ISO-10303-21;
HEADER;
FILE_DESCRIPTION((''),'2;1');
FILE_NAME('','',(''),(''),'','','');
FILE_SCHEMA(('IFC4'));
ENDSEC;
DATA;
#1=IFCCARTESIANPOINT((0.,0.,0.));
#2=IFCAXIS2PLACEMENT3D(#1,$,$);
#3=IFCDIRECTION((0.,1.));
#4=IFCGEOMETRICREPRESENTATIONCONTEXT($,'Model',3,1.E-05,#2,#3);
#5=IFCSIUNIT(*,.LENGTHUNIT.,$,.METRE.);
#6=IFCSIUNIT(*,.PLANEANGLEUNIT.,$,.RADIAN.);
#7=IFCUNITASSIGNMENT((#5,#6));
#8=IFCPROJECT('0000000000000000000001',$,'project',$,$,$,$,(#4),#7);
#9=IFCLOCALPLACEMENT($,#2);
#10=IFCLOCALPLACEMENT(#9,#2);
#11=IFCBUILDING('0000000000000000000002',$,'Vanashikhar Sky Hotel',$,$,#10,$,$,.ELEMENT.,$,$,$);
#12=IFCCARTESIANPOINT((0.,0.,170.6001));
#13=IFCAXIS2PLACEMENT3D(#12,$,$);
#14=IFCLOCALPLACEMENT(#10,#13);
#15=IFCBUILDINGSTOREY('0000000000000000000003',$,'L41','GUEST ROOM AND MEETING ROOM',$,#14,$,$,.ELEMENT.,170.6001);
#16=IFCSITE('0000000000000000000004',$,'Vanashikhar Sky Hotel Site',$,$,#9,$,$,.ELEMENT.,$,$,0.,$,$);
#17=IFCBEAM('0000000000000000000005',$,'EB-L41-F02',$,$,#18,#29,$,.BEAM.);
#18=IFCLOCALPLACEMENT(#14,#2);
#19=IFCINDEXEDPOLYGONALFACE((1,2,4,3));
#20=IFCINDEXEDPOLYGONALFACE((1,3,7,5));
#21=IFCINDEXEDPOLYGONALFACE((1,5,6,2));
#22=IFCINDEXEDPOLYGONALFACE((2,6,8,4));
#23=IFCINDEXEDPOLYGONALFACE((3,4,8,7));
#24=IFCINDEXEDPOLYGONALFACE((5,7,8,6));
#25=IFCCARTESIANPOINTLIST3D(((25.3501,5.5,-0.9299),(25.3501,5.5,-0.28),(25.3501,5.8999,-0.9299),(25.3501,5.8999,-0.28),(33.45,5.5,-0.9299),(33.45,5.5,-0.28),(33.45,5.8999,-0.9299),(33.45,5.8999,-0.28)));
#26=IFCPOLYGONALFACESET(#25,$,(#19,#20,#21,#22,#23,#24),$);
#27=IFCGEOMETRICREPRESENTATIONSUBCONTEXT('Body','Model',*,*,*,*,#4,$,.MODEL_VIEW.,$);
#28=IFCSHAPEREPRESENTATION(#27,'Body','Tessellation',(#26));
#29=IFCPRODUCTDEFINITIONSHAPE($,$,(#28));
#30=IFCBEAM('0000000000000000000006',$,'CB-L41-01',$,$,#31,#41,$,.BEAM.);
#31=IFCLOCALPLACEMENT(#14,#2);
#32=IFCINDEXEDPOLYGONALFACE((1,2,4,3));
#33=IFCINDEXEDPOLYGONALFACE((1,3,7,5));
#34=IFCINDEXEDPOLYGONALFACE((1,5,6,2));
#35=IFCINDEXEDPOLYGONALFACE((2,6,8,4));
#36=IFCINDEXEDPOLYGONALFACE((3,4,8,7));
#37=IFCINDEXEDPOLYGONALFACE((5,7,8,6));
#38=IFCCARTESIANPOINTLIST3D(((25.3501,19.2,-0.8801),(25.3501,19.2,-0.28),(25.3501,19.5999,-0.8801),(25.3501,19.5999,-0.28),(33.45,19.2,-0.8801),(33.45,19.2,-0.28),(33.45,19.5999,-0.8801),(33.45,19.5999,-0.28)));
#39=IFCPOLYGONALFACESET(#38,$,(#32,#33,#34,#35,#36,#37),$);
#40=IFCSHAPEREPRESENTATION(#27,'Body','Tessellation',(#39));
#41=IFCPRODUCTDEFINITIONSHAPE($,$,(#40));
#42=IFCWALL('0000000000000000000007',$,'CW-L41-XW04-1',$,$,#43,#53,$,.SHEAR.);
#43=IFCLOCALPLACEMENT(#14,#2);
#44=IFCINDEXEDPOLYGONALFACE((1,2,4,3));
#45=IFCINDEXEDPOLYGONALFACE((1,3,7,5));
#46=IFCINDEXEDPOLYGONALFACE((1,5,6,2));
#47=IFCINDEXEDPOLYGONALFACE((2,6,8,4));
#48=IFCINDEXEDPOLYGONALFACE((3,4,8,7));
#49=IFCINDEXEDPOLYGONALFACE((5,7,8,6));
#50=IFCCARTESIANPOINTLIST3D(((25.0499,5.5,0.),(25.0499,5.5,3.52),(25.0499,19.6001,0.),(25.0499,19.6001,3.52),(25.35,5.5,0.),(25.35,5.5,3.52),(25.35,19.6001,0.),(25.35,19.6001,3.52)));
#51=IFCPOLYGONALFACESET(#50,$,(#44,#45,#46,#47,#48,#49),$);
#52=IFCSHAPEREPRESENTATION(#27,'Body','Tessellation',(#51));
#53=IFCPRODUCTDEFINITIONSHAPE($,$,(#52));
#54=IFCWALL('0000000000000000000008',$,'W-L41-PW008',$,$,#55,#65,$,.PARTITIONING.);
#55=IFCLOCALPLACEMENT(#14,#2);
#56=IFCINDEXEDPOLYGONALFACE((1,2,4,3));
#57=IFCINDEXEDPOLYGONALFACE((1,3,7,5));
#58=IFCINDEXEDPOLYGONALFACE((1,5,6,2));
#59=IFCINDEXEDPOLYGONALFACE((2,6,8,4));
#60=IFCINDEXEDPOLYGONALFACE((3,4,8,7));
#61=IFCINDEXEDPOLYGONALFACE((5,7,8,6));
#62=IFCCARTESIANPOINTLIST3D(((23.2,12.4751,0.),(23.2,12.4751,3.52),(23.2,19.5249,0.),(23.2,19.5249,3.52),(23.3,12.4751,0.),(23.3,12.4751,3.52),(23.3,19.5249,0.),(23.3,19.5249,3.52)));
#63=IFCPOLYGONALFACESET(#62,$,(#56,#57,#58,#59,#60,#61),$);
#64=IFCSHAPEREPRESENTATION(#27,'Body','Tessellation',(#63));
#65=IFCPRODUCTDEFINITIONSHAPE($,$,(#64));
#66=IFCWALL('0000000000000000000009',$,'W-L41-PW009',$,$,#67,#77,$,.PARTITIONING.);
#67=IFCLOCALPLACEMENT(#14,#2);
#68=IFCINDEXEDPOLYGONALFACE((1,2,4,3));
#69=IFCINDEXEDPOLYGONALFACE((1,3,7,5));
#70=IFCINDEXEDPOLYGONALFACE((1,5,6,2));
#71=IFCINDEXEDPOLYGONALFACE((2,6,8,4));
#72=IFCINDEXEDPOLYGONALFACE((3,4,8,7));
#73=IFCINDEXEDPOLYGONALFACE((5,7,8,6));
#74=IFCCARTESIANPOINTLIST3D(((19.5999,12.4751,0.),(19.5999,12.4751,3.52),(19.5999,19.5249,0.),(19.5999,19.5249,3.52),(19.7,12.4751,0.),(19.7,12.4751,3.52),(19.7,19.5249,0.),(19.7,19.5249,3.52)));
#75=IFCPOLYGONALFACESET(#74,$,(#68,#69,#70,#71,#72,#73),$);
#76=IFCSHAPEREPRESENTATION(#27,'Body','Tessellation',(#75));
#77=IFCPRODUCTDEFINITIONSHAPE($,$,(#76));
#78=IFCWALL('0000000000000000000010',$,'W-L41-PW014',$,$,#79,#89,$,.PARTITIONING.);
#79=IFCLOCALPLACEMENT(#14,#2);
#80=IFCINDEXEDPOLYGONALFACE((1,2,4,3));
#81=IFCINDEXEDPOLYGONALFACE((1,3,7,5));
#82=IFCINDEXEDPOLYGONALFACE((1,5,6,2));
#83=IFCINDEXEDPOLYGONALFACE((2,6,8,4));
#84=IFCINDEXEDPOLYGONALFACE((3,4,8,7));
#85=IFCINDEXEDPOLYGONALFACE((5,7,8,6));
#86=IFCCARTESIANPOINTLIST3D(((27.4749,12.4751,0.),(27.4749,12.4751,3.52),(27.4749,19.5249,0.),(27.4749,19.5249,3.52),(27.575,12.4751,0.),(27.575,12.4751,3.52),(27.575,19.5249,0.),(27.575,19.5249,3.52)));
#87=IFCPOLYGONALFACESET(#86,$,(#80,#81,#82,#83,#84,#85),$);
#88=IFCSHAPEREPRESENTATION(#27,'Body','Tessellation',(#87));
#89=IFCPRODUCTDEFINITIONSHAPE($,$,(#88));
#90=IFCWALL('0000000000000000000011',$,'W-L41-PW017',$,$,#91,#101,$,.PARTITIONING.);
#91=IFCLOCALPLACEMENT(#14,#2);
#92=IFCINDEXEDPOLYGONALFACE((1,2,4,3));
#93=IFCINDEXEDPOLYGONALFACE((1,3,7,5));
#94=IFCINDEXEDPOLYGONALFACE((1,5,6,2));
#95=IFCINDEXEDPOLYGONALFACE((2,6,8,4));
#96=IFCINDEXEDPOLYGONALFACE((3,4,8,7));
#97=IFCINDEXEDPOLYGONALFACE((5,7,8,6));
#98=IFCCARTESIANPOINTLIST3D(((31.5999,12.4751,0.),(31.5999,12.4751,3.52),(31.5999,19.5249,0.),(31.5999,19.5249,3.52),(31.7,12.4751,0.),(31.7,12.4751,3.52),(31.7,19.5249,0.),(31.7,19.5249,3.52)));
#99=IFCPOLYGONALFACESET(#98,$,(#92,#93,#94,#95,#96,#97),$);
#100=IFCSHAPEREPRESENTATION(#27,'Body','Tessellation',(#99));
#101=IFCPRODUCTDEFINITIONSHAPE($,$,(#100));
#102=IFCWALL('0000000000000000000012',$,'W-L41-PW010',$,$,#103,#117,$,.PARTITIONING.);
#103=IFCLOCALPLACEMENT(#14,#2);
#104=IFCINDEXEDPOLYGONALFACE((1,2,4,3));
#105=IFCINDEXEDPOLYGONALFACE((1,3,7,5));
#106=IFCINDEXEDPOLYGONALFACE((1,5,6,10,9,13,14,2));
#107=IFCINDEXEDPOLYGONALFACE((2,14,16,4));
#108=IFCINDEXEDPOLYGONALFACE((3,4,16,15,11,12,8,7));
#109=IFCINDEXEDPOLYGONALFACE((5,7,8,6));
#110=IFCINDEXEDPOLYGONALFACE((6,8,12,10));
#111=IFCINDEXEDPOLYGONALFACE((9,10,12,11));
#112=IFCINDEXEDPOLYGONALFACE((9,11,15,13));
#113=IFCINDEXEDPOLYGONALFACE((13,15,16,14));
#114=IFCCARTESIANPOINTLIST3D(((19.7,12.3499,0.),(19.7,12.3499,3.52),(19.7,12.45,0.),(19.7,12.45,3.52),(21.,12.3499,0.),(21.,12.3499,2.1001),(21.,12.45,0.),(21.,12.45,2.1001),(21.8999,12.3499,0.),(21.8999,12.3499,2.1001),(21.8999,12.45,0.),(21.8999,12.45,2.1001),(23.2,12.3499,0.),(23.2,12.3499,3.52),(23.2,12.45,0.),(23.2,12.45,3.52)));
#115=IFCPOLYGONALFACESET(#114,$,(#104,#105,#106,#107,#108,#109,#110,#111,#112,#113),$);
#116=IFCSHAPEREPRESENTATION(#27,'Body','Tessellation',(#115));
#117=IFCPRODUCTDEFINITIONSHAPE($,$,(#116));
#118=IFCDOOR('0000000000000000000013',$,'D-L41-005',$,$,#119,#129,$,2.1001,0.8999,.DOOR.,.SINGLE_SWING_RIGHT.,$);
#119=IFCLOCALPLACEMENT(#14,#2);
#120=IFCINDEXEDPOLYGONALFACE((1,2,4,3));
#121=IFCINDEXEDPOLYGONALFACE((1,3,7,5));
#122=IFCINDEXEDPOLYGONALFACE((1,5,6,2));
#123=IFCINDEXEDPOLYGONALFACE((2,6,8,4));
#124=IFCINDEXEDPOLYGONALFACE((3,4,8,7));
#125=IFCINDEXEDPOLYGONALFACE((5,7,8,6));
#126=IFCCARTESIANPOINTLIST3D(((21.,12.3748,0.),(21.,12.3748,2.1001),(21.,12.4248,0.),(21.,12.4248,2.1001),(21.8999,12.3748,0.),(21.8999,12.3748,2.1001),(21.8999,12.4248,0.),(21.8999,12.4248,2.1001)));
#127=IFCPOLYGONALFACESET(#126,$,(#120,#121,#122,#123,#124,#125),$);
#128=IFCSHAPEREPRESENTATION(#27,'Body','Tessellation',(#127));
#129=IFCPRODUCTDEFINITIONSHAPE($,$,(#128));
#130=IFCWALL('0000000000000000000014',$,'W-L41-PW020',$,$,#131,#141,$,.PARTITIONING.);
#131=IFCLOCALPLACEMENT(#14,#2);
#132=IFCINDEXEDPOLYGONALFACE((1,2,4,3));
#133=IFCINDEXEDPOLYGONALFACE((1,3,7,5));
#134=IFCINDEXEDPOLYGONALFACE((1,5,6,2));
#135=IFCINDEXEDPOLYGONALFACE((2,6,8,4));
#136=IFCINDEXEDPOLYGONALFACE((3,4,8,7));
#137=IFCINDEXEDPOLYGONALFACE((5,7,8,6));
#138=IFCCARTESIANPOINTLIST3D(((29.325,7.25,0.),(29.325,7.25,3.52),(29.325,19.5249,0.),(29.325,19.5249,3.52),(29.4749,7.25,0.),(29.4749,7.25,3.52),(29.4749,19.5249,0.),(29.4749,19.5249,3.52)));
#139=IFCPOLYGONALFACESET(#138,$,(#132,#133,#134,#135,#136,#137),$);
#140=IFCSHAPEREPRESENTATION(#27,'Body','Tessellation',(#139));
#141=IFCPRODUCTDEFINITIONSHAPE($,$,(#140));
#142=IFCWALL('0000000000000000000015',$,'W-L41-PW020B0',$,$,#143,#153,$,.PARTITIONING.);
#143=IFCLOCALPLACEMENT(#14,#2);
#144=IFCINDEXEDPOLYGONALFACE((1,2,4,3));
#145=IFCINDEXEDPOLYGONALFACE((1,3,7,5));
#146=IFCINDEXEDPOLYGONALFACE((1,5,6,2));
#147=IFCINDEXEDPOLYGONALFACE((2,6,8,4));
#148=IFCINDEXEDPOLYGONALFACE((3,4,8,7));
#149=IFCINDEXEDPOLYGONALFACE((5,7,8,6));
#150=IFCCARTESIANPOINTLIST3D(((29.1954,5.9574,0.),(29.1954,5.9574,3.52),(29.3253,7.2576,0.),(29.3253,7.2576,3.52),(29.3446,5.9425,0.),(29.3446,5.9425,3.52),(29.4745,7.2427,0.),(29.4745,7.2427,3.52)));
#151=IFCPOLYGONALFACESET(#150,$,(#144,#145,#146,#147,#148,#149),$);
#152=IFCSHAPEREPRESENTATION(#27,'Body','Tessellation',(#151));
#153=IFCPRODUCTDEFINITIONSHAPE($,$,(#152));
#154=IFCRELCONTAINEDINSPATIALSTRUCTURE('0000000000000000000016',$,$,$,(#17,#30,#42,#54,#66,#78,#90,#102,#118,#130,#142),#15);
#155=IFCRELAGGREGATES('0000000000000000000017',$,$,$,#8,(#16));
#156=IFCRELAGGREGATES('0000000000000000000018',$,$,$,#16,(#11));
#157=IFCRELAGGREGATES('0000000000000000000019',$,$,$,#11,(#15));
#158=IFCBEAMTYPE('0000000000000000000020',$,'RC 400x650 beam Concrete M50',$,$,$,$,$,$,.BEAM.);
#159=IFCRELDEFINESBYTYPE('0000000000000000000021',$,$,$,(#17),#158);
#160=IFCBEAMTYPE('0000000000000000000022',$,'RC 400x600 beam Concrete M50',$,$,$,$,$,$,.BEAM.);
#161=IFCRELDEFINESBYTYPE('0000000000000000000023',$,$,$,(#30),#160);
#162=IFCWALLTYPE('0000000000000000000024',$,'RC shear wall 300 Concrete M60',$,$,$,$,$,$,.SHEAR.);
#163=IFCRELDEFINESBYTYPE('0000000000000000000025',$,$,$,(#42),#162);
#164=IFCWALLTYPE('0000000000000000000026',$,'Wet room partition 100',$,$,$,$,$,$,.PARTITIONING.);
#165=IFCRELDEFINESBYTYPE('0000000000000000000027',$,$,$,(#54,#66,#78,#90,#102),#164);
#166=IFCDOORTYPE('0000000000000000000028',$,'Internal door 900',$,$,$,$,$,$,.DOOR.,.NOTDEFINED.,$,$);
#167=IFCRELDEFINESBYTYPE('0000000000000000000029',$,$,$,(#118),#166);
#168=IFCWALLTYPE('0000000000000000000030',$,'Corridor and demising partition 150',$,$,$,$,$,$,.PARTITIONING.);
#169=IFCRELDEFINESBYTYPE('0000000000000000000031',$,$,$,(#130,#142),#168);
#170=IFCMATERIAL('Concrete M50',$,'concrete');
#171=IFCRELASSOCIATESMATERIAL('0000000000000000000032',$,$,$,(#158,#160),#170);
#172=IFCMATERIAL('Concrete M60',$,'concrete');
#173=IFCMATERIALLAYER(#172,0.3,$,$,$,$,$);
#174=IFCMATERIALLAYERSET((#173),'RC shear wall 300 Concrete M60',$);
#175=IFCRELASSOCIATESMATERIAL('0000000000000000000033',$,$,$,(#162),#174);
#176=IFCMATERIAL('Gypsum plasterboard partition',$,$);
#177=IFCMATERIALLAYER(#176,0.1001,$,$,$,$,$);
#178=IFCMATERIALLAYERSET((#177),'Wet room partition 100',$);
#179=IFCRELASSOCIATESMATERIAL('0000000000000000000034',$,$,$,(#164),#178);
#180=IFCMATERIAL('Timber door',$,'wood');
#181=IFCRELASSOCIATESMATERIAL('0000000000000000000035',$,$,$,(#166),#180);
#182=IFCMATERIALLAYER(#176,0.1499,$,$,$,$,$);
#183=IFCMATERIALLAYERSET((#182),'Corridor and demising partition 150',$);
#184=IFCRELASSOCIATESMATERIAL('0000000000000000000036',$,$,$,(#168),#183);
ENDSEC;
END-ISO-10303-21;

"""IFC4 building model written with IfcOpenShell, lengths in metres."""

from ifc_helpers import new_model, si_unit, direction, frame, frame_2d, origin, origin_2d, place, context, subcontext, project, spatial, rectangle, extrude, source, transform, mapped, material, layer, layer_set, material_profile, profile_set, type_object, element, fill, save


model = new_model("IFC4")

# Units and contexts
model_context = context("Model", 3, precision=1e-05, world=origin(), true_north=direction((0.0, 1.0)))
body_context = subcontext(model_context, "Body", "Model", "MODEL_VIEW")
ifc_project = project(units=[si_unit("LENGTHUNIT", "METRE"), si_unit("PLANEANGLEUNIT", "RADIAN")], contexts=[model_context])

# Site, building, storey
site_placement = place(None, origin())
site = spatial("IfcSite", under=ifc_project, at=site_placement, Name="Vanashikhar Sky Hotel Site", CompositionType="ELEMENT", RefElevation=0.0)
building_placement = place(site_placement, origin())
building = spatial("IfcBuilding", under=site, at=building_placement, Name="Vanashikhar Sky Hotel", CompositionType="ELEMENT")
storey_placement = place(building_placement, frame((0.0, 0.0, 170.6001)))
storey = spatial("IfcBuildingStorey", under=building, at=storey_placement, Name="L41", Description="GUEST ROOM AND MEETING ROOM", CompositionType="ELEMENT", Elevation=170.6001)

# Beams
ifc_material_1 = material(Name="Concrete M50", Category="concrete")
ifc_material_profile_1 = material_profile(ifc_material_1, rectangle(XDim=0.3999, YDim=0.6499, at=origin_2d()))
ifc_profile_set_1 = profile_set([ifc_material_profile_1], Name="RC 400x650 beam Concrete M50")
beam_type_1 = type_object("IfcBeamType", Name="RC 400x650 beam Concrete M50", PredefinedType="BEAM", material=ifc_profile_set_1)
shared_shape_1 = source(origin(), body_context, "Body", "SweptSolid", [
    extrude(rectangle(XDim=0.3999, YDim=0.6499, at=origin_2d()), origin(), (0.0, 0.0, 1.0), 8.0999),
])
beam_1_placement = place(storey_placement, frame((25.3501, 5.7, -0.605), z_axis=(1.0, 0.0, 0.0), x_axis=(0.0, 1.0, 0.0)))
element("IfcBeam", 1, at=beam_1_placement, inside=storey, type_object=beam_type_1, Name="EB-L41-F02", PredefinedType="BEAM", context=body_context, shape_type="MappedRepresentation", body=[
    mapped(shared_shape_1, transform((0.0, 0.0, 0.0), scale=1.0)),
])
ifc_material_profile_2 = material_profile(ifc_material_1, rectangle(XDim=0.3999, YDim=0.6001, at=origin_2d()))
ifc_profile_set_2 = profile_set([ifc_material_profile_2], Name="RC 400x600 beam Concrete M50")
beam_type_2 = type_object("IfcBeamType", Name="RC 400x600 beam Concrete M50", PredefinedType="BEAM", material=ifc_profile_set_2)
shared_shape_2 = source(origin(), body_context, "Body", "SweptSolid", [
    extrude(rectangle(XDim=0.3999, YDim=0.6001, at=origin_2d()), origin(), (0.0, 0.0, 1.0), 8.0999),
])
beam_2_placement = place(storey_placement, frame((25.3501, 19.3999, -0.5801), z_axis=(1.0, 0.0, 0.0), x_axis=(0.0, 1.0, 0.0)))
element("IfcBeam", 2, at=beam_2_placement, inside=storey, type_object=beam_type_2, Name="CB-L41-01", PredefinedType="BEAM", context=body_context, shape_type="MappedRepresentation", body=[
    mapped(shared_shape_2, transform((0.0, 0.0, 0.0), scale=1.0)),
])

# Wall
ifc_material_2 = material(Name="Concrete M60", Category="concrete")
ifc_layer_1 = layer(ifc_material_2, 0.3)
ifc_layer_set_1 = layer_set([ifc_layer_1], Name="RC shear wall 300 Concrete M60")
wall_type_1 = type_object("IfcWallType", Name="RC shear wall 300 Concrete M60", PredefinedType="SHEAR", material=ifc_layer_set_1)
shared_shape_3 = source(origin(), body_context, "Body", "SweptSolid", [
    extrude(rectangle(XDim=14.1001, YDim=0.3, at=frame_2d((7.05, 0.0))), origin(), (0.0, 0.0, 1.0), 3.52),
])
wall_1_placement = place(storey_placement, frame((25.2, 5.5, 0.0), z_axis=(0.0, 0.0, 1.0), x_axis=(0.0, 1.0, 0.0)))
element("IfcWall", 3, at=wall_1_placement, inside=storey, type_object=wall_type_1, Name="CW-L41-XW04-1", PredefinedType="SHEAR", context=body_context, shape_type="MappedRepresentation", body=[
    mapped(shared_shape_3, transform((0.0, 0.0, 0.0), scale=1.0)),
])

# Walls
ifc_material_3 = material(Name="Gypsum plasterboard partition")
ifc_layer_2 = layer(ifc_material_3, 0.1001)
ifc_layer_set_2 = layer_set([ifc_layer_2], Name="Wet room partition 100")
wall_type_2 = type_object("IfcWallType", Name="Wet room partition 100", PredefinedType="PARTITIONING", material=ifc_layer_set_2)
shared_shape_4 = source(origin(), body_context, "Body", "SweptSolid", [
    extrude(rectangle(XDim=7.0498, YDim=0.1001, at=frame_2d((3.5249, 0.0))), origin(), (0.0, 0.0, 1.0), 3.52),
])
for number, where, z_axis, x_axis, name in (
    (4, (23.25, 12.4751, 0.0), (0.0, 0.0, 1.0), (0.0, 1.0, 0.0), "W-L41-PW008"),
    (5, (19.6499, 12.4751, 0.0), (0.0, 0.0, 1.0), (0.0, 1.0, 0.0), "W-L41-PW009"),
    (6, (27.5249, 12.4751, 0.0), (0.0, 0.0, 1.0), (0.0, 1.0, 0.0), "W-L41-PW014"),
    (7, (31.6499, 12.4751, 0.0), (0.0, 0.0, 1.0), (0.0, 1.0, 0.0), "W-L41-PW017"),
):
    element("IfcWall", number, at=place(storey_placement, frame(where, z_axis=z_axis, x_axis=x_axis)), inside=storey, type_object=wall_type_2, Name=name, PredefinedType="PARTITIONING", context=body_context, shape_type="MappedRepresentation", body=[
        mapped(shared_shape_4, transform((0.0, 0.0, 0.0), scale=1.0)),
    ])

# Wall, opening, door
shared_shape_5 = source(origin(), body_context, "Body", "SweptSolid", [
    extrude(rectangle(XDim=3.5, YDim=0.1001, at=frame_2d((1.75, 0.0))), origin(), (0.0, 0.0, 1.0), 3.52),
])
wall_2_placement = place(storey_placement, frame((19.7, 12.3999, 0.0), z_axis=(0.0, 0.0, 1.0), x_axis=(1.0, 0.0, 0.0)))
wall_2 = element("IfcWall", 8, at=wall_2_placement, inside=storey, type_object=wall_type_2, Name="W-L41-PW010", PredefinedType="PARTITIONING", context=body_context, shape_type="MappedRepresentation", body=[
    mapped(shared_shape_5, transform((0.0, 0.0, 0.0), scale=1.0)),
])
shared_shape_6 = source(origin(), body_context, "Body", "SweptSolid", [
    extrude(rectangle(XDim=0.8999, YDim=2.1001, at=frame_2d((0.45, 1.05))), frame((0.0, 0.0601, 0.0), z_axis=(0.0, -1.0, 0.0), x_axis=(1.0, 0.0, 0.0)), (0.0, 0.0, 1.0), 0.1201),
])
opening_1_placement = place(wall_2_placement, frame((1.3, 0.0, 0.0)))
opening_1 = element("IfcOpeningElement", 9, at=opening_1_placement, cuts=wall_2, PredefinedType="OPENING", context=body_context, shape_type="MappedRepresentation", body=[
    mapped(shared_shape_6, transform((0.0, 0.0, 0.0), scale=1.0)),
])
ifc_material_4 = material(Name="Timber door", Category="wood")
door_type_1 = type_object("IfcDoorType", Name="Internal door 900", OperationType="NOTDEFINED", PredefinedType="DOOR", material=ifc_material_4)
shared_shape_7 = source(origin(), body_context, "Body", "SweptSolid", [
    extrude(rectangle(XDim=0.8999, YDim=2.1001, at=frame_2d((0.45, 1.05))), frame((0.0, 0.0249, 0.0), z_axis=(0.0, -1.0, 0.0), x_axis=(1.0, 0.0, 0.0)), (0.0, 0.0, 1.0), 0.05),
])
door_1_placement = place(opening_1_placement, origin())
door_1 = element("IfcDoor", 10, at=door_1_placement, inside=storey, type_object=door_type_1, Name="D-L41-005", OperationType="SINGLE_SWING_RIGHT", OverallHeight=2.1001, OverallWidth=0.8999, PredefinedType="DOOR", context=body_context, shape_type="MappedRepresentation", body=[
    mapped(shared_shape_7, transform((0.0, 0.0, 0.0), scale=1.0)),
])
fill(opening_1, door_1)

# Walls
ifc_layer_3 = layer(ifc_material_3, 0.1499)
ifc_layer_set_3 = layer_set([ifc_layer_3], Name="Corridor and demising partition 150")
wall_type_3 = type_object("IfcWallType", Name="Corridor and demising partition 150", PredefinedType="PARTITIONING", material=ifc_layer_set_3)
shared_shape_8 = source(origin(), body_context, "Body", "SweptSolid", [
    extrude(rectangle(XDim=12.2749, YDim=0.1499, at=frame_2d((6.1375, 0.0))), origin(), (0.0, 0.0, 1.0), 3.52),
])
wall_3_placement = place(storey_placement, frame((29.3999, 7.25, 0.0), z_axis=(0.0, 0.0, 1.0), x_axis=(0.0, 1.0, 0.0)))
element("IfcWall", 11, at=wall_3_placement, inside=storey, type_object=wall_type_3, Name="W-L41-PW020", PredefinedType="PARTITIONING", context=body_context, shape_type="MappedRepresentation", body=[
    mapped(shared_shape_8, transform((0.0, 0.0, 0.0), scale=1.0)),
])
shared_shape_9 = source(origin(), body_context, "Body", "SweptSolid", [
    extrude(rectangle(XDim=1.3066, YDim=0.1499, at=frame_2d((0.6533, 0.0))), origin(), (0.0, 0.0, 1.0), 3.52),
])
wall_4_placement = place(storey_placement, frame((29.27, 5.95, 0.0), z_axis=(0.0, 0.0, 1.0), x_axis=(0.099411, 0.995046, 0.0)))
element("IfcWall", 12, at=wall_4_placement, inside=storey, type_object=wall_type_3, Name="W-L41-PW020B0", PredefinedType="PARTITIONING", context=body_context, shape_type="MappedRepresentation", body=[
    mapped(shared_shape_9, transform((0.0, 0.0, 0.0), scale=1.0)),
])

save(model, "model.ifc")
